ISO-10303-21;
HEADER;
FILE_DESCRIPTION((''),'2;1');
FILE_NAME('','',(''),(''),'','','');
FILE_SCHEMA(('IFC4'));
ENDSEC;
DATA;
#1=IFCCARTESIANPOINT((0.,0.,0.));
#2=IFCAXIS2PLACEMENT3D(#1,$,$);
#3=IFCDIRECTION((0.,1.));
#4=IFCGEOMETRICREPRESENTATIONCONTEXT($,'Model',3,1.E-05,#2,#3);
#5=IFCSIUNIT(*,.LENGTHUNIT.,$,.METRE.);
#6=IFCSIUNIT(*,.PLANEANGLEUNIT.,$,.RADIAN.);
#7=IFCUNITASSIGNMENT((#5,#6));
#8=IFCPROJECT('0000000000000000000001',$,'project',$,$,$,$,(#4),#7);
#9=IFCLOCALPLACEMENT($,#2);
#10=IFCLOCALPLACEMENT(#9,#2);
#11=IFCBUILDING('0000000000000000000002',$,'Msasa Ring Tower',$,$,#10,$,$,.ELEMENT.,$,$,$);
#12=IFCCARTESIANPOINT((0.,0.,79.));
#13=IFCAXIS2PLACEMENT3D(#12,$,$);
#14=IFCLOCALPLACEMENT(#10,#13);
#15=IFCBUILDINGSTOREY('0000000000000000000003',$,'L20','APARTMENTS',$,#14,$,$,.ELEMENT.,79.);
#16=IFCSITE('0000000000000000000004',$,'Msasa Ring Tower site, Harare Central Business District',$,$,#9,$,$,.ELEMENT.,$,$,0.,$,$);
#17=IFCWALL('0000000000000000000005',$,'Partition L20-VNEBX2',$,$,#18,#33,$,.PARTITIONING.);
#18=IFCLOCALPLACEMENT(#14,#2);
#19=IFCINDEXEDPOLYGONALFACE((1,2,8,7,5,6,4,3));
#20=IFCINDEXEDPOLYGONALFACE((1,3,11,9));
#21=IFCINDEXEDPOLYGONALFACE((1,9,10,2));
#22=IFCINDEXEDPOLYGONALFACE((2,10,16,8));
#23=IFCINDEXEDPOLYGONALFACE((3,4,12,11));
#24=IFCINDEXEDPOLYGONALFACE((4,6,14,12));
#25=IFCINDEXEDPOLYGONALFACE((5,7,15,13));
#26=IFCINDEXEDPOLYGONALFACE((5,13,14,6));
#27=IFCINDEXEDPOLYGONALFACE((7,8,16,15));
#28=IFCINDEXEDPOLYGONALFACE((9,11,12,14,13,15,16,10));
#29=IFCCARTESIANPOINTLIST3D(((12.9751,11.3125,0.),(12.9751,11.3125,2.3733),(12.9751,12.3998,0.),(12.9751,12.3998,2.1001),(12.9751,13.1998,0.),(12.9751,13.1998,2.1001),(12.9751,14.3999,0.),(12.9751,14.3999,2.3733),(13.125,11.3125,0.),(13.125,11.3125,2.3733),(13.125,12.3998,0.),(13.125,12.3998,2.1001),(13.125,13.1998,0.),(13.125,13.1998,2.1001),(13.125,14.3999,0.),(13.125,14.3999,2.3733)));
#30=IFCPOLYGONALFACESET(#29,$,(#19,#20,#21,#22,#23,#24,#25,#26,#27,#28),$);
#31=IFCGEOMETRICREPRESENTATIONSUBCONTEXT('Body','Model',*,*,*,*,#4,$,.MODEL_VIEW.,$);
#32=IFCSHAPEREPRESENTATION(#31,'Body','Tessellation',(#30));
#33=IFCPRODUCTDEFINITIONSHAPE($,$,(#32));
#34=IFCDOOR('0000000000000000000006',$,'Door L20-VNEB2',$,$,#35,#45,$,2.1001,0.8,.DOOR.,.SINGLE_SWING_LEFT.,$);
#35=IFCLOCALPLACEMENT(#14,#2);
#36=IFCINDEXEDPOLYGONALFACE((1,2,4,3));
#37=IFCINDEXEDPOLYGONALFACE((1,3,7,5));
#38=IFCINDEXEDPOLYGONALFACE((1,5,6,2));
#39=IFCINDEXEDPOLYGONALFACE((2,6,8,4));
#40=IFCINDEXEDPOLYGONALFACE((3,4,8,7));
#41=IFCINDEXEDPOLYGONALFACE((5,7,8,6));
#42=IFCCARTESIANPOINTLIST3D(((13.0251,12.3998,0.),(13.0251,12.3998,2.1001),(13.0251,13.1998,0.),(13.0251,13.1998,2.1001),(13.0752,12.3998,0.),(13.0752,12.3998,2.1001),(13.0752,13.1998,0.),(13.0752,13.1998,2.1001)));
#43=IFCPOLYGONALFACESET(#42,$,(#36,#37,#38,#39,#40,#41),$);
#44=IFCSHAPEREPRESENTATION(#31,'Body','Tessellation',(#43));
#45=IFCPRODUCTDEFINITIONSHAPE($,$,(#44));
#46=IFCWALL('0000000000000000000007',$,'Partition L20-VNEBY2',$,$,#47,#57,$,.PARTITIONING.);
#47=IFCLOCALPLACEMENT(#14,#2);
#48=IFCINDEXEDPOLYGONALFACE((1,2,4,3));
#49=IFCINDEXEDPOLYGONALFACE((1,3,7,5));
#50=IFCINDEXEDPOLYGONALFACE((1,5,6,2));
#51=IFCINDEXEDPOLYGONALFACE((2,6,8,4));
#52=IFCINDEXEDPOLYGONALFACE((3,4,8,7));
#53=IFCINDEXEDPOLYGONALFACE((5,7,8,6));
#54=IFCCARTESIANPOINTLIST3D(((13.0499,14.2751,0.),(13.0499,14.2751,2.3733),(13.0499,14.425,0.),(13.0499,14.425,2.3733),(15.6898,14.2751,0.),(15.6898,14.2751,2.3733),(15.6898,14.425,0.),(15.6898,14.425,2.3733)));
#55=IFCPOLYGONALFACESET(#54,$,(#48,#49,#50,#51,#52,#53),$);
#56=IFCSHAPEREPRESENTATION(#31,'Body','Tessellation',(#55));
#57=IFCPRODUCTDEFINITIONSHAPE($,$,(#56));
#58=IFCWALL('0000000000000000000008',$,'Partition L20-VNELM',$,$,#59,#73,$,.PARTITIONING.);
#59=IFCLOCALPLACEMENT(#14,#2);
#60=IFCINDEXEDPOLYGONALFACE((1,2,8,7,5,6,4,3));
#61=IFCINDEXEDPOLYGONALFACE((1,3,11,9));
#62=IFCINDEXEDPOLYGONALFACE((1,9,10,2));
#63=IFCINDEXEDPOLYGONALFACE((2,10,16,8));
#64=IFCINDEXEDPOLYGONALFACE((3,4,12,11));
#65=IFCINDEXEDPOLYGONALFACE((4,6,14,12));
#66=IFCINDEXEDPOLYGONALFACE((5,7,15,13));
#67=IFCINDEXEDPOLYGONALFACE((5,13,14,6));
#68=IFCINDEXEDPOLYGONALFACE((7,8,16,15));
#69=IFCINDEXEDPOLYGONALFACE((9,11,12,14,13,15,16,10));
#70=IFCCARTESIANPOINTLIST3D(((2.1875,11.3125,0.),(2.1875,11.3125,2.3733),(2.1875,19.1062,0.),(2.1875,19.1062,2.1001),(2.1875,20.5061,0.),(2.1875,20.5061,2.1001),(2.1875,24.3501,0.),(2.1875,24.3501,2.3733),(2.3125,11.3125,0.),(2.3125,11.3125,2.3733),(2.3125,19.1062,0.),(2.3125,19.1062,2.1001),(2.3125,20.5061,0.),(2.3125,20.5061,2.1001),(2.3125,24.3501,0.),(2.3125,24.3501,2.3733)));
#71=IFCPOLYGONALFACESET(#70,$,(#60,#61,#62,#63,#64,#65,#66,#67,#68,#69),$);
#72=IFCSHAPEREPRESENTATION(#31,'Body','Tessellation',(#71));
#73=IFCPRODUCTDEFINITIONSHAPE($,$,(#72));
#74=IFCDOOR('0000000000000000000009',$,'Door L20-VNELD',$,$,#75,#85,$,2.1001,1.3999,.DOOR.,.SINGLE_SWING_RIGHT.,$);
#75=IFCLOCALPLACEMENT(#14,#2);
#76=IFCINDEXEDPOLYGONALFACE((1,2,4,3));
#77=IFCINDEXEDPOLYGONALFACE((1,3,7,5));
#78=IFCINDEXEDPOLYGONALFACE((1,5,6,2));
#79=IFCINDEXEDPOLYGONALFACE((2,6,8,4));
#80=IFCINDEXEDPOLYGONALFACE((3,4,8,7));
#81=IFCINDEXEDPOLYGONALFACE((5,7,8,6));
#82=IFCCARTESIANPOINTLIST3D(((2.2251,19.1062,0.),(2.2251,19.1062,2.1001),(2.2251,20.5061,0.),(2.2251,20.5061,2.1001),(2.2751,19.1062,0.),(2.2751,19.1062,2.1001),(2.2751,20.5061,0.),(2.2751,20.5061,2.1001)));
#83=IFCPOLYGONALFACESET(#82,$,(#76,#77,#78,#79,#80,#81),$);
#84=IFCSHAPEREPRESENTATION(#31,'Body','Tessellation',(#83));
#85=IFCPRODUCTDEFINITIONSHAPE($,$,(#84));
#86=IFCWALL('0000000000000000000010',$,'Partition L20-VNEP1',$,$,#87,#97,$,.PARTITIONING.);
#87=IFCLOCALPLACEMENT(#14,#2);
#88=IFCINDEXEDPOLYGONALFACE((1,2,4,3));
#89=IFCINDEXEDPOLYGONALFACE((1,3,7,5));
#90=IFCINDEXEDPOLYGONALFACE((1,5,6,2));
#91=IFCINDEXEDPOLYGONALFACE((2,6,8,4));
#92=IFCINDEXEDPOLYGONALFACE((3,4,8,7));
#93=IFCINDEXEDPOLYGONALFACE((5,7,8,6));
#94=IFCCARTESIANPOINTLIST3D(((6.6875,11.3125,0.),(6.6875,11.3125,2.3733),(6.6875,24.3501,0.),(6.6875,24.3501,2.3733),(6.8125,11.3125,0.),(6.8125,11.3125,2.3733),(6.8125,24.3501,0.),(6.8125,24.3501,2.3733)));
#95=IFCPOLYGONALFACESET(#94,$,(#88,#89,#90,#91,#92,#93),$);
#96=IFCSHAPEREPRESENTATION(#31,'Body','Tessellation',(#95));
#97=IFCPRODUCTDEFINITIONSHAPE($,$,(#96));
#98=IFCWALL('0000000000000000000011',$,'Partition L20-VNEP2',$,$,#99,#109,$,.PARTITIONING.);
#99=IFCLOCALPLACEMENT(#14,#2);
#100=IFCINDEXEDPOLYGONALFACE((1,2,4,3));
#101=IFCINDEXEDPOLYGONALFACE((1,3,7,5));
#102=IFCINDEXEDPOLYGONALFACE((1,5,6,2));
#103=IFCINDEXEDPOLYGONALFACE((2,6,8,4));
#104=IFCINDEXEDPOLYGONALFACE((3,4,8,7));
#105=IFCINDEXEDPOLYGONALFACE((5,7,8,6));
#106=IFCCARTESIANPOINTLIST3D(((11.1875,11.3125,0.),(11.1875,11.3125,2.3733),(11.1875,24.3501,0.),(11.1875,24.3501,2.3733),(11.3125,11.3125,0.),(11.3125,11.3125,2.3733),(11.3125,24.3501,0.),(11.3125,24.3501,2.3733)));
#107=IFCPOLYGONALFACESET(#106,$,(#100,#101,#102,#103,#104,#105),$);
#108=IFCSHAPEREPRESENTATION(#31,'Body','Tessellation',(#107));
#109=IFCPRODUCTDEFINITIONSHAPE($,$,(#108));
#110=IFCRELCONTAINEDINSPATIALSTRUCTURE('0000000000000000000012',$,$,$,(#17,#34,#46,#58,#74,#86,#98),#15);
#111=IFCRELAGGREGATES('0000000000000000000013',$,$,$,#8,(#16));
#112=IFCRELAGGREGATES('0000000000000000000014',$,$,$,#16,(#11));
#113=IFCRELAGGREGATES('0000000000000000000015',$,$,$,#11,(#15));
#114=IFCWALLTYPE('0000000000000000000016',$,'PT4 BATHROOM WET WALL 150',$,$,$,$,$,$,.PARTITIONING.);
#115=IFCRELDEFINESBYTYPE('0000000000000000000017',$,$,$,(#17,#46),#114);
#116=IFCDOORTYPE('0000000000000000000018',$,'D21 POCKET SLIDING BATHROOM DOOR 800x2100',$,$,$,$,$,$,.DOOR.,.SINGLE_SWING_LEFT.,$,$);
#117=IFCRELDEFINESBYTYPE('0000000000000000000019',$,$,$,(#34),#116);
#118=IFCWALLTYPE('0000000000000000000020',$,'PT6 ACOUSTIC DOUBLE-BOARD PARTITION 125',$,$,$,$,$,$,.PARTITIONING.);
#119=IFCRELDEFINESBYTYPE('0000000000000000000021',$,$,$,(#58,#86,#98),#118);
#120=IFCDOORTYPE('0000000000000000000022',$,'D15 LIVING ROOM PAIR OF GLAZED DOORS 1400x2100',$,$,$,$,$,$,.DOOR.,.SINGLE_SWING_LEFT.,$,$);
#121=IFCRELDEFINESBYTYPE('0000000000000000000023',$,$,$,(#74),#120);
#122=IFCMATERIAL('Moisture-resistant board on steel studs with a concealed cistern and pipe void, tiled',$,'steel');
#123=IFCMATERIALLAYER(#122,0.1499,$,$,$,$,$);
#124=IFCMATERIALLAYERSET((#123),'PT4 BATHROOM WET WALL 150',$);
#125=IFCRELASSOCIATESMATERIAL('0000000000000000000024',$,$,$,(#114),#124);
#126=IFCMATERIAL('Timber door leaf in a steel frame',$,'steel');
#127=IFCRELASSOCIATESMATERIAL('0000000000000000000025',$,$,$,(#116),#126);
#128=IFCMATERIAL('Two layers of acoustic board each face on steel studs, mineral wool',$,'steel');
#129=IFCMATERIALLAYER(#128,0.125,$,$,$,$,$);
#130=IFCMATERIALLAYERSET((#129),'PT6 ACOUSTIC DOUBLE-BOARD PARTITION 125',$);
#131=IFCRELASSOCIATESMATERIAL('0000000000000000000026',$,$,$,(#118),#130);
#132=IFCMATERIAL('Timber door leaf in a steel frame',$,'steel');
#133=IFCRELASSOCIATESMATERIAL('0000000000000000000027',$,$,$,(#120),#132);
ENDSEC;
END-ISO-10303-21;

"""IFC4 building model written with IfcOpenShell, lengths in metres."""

from ifc_helpers import new_model, si_unit, direction, frame, frame_2d, origin, place, context, subcontext, project, spatial, rectangle, extrude, material, layer, layer_set, type_object, element, fill, save


model = new_model("IFC4")

# Units and contexts
model_context = context("Model", 3, precision=1e-05, world=origin(), true_north=direction((0.0, 1.0)))
body_context = subcontext(model_context, "Body", "Model", "MODEL_VIEW")
ifc_project = project(units=[si_unit("LENGTHUNIT", "METRE"), si_unit("PLANEANGLEUNIT", "RADIAN")], contexts=[model_context])

# Site, building, storey
site_placement = place(None, origin())
site = spatial("IfcSite", under=ifc_project, at=site_placement, Name="Msasa Ring Tower site, Harare Central Business District", CompositionType="ELEMENT", RefElevation=0.0)
building_placement = place(site_placement, origin())
building = spatial("IfcBuilding", under=site, at=building_placement, Name="Msasa Ring Tower", CompositionType="ELEMENT")
storey_placement = place(building_placement, frame((0.0, 0.0, 79.0)))
storey = spatial("IfcBuildingStorey", under=building, at=storey_placement, Name="L20", Description="APARTMENTS", CompositionType="ELEMENT", Elevation=79.0)

# Shared definitions
ifc_material_1 = material(Name="Moisture-resistant board on steel studs with a concealed cistern and pipe void, tiled", Category="steel")
ifc_layer_1 = layer(ifc_material_1, 0.1499)
ifc_layer_set_1 = layer_set([ifc_layer_1], Name="PT4 BATHROOM WET WALL 150")
wall_type_1 = type_object("IfcWallType", Name="PT4 BATHROOM WET WALL 150", PredefinedType="PARTITIONING", material=ifc_layer_set_1)
ifc_material_2 = material(Name="Timber door leaf in a steel frame", Category="steel")
door_type_1 = type_object("IfcDoorType", Name="D21 POCKET SLIDING BATHROOM DOOR 800x2100", OperationType="SINGLE_SWING_LEFT", PredefinedType="DOOR", material=ifc_material_2)

# Wall, opening, door
wall_1_placement = place(storey_placement, frame((13.05, 11.3125, 0.0), z_axis=(0.0, 0.0, 1.0), x_axis=(0.0, 1.0, 0.0)))
wall_1 = element("IfcWall", 1, at=wall_1_placement, inside=storey, type_object=wall_type_1, Name="Partition L20-VNEBX2", PredefinedType="PARTITIONING", context=body_context, shape_type="SweptSolid", body=[
    extrude(rectangle(XDim=3.0874, YDim=0.1499, at=frame_2d((1.5437, 0.0))), origin(), (0.0, 0.0, 1.0), 2.3733),
])
opening_1_placement = place(wall_1_placement, frame((1.0874, 0.0, 0.0)))
opening_1 = element("IfcOpeningElement", 2, at=opening_1_placement, cuts=wall_1, PredefinedType="OPENING", context=body_context, shape_type="SweptSolid", body=[
    extrude(rectangle(XDim=0.8, YDim=2.1001, at=frame_2d((0.3999, 1.05))), frame((0.0, 0.085, 0.0), z_axis=(0.0, -1.0, 0.0), x_axis=(1.0, 0.0, 0.0)), (0.0, 0.0, 1.0), 0.1699),
])
door_1_placement = place(opening_1_placement, origin())
door_1 = element("IfcDoor", 3, at=door_1_placement, inside=storey, type_object=door_type_1, Name="Door L20-VNEB2", OperationType="SINGLE_SWING_LEFT", OverallHeight=2.1001, OverallWidth=0.8, PredefinedType="DOOR", context=body_context, shape_type="SweptSolid", body=[
    extrude(rectangle(XDim=0.8, YDim=2.1001, at=frame_2d((0.3999, 1.05))), frame((0.0, 0.0249, 0.0), z_axis=(0.0, -1.0, 0.0), x_axis=(1.0, 0.0, 0.0)), (0.0, 0.0, 1.0), 0.05),
])
fill(opening_1, door_1)

# Wall
wall_2_placement = place(storey_placement, frame((13.05, 14.3501, 0.0), z_axis=(0.0, 0.0, 1.0), x_axis=(1.0, 0.0, 0.0)))
element("IfcWall", 4, at=wall_2_placement, inside=storey, type_object=wall_type_1, Name="Partition L20-VNEBY2", PredefinedType="PARTITIONING", context=body_context, shape_type="SweptSolid", body=[
    extrude(rectangle(XDim=2.6399, YDim=0.1499, at=frame_2d((1.3198, 0.0))), origin(), (0.0, 0.0, 1.0), 2.3733),
])

# Wall, opening, door
ifc_material_3 = material(Name="Two layers of acoustic board each face on steel studs, mineral wool", Category="steel")
ifc_layer_2 = layer(ifc_material_3, 0.125)
ifc_layer_set_2 = layer_set([ifc_layer_2], Name="PT6 ACOUSTIC DOUBLE-BOARD PARTITION 125")
wall_type_2 = type_object("IfcWallType", Name="PT6 ACOUSTIC DOUBLE-BOARD PARTITION 125", PredefinedType="PARTITIONING", material=ifc_layer_set_2)
wall_3_placement = place(storey_placement, frame((2.25, 11.3125, 0.0), z_axis=(0.0, 0.0, 1.0), x_axis=(0.0, 1.0, 0.0)))
wall_3 = element("IfcWall", 5, at=wall_3_placement, inside=storey, type_object=wall_type_2, Name="Partition L20-VNELM", PredefinedType="PARTITIONING", context=body_context, shape_type="SweptSolid", body=[
    extrude(rectangle(XDim=13.0376, YDim=0.125, at=frame_2d((6.5188, 0.0))), origin(), (0.0, 0.0, 1.0), 2.3733),
])
opening_2_placement = place(wall_3_placement, frame((7.7937, 0.0, 0.0)))
opening_2 = element("IfcOpeningElement", 6, at=opening_2_placement, cuts=wall_3, PredefinedType="OPENING", context=body_context, shape_type="SweptSolid", body=[
    extrude(rectangle(XDim=1.3999, YDim=2.1001, at=frame_2d((0.7, 1.05))), frame((0.0, 0.0725, 0.0), z_axis=(0.0, -1.0, 0.0), x_axis=(1.0, 0.0, 0.0)), (0.0, 0.0, 1.0), 0.145),
])
ifc_material_4 = material(Name="Timber door leaf in a steel frame", Category="steel")
door_type_2 = type_object("IfcDoorType", Name="D15 LIVING ROOM PAIR OF GLAZED DOORS 1400x2100", OperationType="SINGLE_SWING_LEFT", PredefinedType="DOOR", material=ifc_material_4)
door_2_placement = place(opening_2_placement, origin())
door_2 = element("IfcDoor", 7, at=door_2_placement, inside=storey, type_object=door_type_2, Name="Door L20-VNELD", OperationType="SINGLE_SWING_RIGHT", OverallHeight=2.1001, OverallWidth=1.3999, PredefinedType="DOOR", context=body_context, shape_type="SweptSolid", body=[
    extrude(rectangle(XDim=1.3999, YDim=2.1001, at=frame_2d((0.7, 1.05))), frame((0.0, 0.0249, 0.0), z_axis=(0.0, -1.0, 0.0), x_axis=(1.0, 0.0, 0.0)), (0.0, 0.0, 1.0), 0.05),
])
fill(opening_2, door_2)

# Walls
for number, where, z_axis, x_axis, name in (
    (8, (6.75, 11.3125, 0.0), (0.0, 0.0, 1.0), (0.0, 1.0, 0.0), "Partition L20-VNEP1"),
    (9, (11.25, 11.3125, 0.0), (0.0, 0.0, 1.0), (0.0, 1.0, 0.0), "Partition L20-VNEP2"),
):
    element("IfcWall", number, at=place(storey_placement, frame(where, z_axis=z_axis, x_axis=x_axis)), inside=storey, type_object=wall_type_2, Name=name, PredefinedType="PARTITIONING", context=body_context, shape_type="SweptSolid", body=[
        extrude(rectangle(XDim=13.0376, YDim=0.125, at=frame_2d((6.5188, 0.0))), origin(), (0.0, 0.0, 1.0), 2.3733),
    ])

save(model, "model.ifc")
